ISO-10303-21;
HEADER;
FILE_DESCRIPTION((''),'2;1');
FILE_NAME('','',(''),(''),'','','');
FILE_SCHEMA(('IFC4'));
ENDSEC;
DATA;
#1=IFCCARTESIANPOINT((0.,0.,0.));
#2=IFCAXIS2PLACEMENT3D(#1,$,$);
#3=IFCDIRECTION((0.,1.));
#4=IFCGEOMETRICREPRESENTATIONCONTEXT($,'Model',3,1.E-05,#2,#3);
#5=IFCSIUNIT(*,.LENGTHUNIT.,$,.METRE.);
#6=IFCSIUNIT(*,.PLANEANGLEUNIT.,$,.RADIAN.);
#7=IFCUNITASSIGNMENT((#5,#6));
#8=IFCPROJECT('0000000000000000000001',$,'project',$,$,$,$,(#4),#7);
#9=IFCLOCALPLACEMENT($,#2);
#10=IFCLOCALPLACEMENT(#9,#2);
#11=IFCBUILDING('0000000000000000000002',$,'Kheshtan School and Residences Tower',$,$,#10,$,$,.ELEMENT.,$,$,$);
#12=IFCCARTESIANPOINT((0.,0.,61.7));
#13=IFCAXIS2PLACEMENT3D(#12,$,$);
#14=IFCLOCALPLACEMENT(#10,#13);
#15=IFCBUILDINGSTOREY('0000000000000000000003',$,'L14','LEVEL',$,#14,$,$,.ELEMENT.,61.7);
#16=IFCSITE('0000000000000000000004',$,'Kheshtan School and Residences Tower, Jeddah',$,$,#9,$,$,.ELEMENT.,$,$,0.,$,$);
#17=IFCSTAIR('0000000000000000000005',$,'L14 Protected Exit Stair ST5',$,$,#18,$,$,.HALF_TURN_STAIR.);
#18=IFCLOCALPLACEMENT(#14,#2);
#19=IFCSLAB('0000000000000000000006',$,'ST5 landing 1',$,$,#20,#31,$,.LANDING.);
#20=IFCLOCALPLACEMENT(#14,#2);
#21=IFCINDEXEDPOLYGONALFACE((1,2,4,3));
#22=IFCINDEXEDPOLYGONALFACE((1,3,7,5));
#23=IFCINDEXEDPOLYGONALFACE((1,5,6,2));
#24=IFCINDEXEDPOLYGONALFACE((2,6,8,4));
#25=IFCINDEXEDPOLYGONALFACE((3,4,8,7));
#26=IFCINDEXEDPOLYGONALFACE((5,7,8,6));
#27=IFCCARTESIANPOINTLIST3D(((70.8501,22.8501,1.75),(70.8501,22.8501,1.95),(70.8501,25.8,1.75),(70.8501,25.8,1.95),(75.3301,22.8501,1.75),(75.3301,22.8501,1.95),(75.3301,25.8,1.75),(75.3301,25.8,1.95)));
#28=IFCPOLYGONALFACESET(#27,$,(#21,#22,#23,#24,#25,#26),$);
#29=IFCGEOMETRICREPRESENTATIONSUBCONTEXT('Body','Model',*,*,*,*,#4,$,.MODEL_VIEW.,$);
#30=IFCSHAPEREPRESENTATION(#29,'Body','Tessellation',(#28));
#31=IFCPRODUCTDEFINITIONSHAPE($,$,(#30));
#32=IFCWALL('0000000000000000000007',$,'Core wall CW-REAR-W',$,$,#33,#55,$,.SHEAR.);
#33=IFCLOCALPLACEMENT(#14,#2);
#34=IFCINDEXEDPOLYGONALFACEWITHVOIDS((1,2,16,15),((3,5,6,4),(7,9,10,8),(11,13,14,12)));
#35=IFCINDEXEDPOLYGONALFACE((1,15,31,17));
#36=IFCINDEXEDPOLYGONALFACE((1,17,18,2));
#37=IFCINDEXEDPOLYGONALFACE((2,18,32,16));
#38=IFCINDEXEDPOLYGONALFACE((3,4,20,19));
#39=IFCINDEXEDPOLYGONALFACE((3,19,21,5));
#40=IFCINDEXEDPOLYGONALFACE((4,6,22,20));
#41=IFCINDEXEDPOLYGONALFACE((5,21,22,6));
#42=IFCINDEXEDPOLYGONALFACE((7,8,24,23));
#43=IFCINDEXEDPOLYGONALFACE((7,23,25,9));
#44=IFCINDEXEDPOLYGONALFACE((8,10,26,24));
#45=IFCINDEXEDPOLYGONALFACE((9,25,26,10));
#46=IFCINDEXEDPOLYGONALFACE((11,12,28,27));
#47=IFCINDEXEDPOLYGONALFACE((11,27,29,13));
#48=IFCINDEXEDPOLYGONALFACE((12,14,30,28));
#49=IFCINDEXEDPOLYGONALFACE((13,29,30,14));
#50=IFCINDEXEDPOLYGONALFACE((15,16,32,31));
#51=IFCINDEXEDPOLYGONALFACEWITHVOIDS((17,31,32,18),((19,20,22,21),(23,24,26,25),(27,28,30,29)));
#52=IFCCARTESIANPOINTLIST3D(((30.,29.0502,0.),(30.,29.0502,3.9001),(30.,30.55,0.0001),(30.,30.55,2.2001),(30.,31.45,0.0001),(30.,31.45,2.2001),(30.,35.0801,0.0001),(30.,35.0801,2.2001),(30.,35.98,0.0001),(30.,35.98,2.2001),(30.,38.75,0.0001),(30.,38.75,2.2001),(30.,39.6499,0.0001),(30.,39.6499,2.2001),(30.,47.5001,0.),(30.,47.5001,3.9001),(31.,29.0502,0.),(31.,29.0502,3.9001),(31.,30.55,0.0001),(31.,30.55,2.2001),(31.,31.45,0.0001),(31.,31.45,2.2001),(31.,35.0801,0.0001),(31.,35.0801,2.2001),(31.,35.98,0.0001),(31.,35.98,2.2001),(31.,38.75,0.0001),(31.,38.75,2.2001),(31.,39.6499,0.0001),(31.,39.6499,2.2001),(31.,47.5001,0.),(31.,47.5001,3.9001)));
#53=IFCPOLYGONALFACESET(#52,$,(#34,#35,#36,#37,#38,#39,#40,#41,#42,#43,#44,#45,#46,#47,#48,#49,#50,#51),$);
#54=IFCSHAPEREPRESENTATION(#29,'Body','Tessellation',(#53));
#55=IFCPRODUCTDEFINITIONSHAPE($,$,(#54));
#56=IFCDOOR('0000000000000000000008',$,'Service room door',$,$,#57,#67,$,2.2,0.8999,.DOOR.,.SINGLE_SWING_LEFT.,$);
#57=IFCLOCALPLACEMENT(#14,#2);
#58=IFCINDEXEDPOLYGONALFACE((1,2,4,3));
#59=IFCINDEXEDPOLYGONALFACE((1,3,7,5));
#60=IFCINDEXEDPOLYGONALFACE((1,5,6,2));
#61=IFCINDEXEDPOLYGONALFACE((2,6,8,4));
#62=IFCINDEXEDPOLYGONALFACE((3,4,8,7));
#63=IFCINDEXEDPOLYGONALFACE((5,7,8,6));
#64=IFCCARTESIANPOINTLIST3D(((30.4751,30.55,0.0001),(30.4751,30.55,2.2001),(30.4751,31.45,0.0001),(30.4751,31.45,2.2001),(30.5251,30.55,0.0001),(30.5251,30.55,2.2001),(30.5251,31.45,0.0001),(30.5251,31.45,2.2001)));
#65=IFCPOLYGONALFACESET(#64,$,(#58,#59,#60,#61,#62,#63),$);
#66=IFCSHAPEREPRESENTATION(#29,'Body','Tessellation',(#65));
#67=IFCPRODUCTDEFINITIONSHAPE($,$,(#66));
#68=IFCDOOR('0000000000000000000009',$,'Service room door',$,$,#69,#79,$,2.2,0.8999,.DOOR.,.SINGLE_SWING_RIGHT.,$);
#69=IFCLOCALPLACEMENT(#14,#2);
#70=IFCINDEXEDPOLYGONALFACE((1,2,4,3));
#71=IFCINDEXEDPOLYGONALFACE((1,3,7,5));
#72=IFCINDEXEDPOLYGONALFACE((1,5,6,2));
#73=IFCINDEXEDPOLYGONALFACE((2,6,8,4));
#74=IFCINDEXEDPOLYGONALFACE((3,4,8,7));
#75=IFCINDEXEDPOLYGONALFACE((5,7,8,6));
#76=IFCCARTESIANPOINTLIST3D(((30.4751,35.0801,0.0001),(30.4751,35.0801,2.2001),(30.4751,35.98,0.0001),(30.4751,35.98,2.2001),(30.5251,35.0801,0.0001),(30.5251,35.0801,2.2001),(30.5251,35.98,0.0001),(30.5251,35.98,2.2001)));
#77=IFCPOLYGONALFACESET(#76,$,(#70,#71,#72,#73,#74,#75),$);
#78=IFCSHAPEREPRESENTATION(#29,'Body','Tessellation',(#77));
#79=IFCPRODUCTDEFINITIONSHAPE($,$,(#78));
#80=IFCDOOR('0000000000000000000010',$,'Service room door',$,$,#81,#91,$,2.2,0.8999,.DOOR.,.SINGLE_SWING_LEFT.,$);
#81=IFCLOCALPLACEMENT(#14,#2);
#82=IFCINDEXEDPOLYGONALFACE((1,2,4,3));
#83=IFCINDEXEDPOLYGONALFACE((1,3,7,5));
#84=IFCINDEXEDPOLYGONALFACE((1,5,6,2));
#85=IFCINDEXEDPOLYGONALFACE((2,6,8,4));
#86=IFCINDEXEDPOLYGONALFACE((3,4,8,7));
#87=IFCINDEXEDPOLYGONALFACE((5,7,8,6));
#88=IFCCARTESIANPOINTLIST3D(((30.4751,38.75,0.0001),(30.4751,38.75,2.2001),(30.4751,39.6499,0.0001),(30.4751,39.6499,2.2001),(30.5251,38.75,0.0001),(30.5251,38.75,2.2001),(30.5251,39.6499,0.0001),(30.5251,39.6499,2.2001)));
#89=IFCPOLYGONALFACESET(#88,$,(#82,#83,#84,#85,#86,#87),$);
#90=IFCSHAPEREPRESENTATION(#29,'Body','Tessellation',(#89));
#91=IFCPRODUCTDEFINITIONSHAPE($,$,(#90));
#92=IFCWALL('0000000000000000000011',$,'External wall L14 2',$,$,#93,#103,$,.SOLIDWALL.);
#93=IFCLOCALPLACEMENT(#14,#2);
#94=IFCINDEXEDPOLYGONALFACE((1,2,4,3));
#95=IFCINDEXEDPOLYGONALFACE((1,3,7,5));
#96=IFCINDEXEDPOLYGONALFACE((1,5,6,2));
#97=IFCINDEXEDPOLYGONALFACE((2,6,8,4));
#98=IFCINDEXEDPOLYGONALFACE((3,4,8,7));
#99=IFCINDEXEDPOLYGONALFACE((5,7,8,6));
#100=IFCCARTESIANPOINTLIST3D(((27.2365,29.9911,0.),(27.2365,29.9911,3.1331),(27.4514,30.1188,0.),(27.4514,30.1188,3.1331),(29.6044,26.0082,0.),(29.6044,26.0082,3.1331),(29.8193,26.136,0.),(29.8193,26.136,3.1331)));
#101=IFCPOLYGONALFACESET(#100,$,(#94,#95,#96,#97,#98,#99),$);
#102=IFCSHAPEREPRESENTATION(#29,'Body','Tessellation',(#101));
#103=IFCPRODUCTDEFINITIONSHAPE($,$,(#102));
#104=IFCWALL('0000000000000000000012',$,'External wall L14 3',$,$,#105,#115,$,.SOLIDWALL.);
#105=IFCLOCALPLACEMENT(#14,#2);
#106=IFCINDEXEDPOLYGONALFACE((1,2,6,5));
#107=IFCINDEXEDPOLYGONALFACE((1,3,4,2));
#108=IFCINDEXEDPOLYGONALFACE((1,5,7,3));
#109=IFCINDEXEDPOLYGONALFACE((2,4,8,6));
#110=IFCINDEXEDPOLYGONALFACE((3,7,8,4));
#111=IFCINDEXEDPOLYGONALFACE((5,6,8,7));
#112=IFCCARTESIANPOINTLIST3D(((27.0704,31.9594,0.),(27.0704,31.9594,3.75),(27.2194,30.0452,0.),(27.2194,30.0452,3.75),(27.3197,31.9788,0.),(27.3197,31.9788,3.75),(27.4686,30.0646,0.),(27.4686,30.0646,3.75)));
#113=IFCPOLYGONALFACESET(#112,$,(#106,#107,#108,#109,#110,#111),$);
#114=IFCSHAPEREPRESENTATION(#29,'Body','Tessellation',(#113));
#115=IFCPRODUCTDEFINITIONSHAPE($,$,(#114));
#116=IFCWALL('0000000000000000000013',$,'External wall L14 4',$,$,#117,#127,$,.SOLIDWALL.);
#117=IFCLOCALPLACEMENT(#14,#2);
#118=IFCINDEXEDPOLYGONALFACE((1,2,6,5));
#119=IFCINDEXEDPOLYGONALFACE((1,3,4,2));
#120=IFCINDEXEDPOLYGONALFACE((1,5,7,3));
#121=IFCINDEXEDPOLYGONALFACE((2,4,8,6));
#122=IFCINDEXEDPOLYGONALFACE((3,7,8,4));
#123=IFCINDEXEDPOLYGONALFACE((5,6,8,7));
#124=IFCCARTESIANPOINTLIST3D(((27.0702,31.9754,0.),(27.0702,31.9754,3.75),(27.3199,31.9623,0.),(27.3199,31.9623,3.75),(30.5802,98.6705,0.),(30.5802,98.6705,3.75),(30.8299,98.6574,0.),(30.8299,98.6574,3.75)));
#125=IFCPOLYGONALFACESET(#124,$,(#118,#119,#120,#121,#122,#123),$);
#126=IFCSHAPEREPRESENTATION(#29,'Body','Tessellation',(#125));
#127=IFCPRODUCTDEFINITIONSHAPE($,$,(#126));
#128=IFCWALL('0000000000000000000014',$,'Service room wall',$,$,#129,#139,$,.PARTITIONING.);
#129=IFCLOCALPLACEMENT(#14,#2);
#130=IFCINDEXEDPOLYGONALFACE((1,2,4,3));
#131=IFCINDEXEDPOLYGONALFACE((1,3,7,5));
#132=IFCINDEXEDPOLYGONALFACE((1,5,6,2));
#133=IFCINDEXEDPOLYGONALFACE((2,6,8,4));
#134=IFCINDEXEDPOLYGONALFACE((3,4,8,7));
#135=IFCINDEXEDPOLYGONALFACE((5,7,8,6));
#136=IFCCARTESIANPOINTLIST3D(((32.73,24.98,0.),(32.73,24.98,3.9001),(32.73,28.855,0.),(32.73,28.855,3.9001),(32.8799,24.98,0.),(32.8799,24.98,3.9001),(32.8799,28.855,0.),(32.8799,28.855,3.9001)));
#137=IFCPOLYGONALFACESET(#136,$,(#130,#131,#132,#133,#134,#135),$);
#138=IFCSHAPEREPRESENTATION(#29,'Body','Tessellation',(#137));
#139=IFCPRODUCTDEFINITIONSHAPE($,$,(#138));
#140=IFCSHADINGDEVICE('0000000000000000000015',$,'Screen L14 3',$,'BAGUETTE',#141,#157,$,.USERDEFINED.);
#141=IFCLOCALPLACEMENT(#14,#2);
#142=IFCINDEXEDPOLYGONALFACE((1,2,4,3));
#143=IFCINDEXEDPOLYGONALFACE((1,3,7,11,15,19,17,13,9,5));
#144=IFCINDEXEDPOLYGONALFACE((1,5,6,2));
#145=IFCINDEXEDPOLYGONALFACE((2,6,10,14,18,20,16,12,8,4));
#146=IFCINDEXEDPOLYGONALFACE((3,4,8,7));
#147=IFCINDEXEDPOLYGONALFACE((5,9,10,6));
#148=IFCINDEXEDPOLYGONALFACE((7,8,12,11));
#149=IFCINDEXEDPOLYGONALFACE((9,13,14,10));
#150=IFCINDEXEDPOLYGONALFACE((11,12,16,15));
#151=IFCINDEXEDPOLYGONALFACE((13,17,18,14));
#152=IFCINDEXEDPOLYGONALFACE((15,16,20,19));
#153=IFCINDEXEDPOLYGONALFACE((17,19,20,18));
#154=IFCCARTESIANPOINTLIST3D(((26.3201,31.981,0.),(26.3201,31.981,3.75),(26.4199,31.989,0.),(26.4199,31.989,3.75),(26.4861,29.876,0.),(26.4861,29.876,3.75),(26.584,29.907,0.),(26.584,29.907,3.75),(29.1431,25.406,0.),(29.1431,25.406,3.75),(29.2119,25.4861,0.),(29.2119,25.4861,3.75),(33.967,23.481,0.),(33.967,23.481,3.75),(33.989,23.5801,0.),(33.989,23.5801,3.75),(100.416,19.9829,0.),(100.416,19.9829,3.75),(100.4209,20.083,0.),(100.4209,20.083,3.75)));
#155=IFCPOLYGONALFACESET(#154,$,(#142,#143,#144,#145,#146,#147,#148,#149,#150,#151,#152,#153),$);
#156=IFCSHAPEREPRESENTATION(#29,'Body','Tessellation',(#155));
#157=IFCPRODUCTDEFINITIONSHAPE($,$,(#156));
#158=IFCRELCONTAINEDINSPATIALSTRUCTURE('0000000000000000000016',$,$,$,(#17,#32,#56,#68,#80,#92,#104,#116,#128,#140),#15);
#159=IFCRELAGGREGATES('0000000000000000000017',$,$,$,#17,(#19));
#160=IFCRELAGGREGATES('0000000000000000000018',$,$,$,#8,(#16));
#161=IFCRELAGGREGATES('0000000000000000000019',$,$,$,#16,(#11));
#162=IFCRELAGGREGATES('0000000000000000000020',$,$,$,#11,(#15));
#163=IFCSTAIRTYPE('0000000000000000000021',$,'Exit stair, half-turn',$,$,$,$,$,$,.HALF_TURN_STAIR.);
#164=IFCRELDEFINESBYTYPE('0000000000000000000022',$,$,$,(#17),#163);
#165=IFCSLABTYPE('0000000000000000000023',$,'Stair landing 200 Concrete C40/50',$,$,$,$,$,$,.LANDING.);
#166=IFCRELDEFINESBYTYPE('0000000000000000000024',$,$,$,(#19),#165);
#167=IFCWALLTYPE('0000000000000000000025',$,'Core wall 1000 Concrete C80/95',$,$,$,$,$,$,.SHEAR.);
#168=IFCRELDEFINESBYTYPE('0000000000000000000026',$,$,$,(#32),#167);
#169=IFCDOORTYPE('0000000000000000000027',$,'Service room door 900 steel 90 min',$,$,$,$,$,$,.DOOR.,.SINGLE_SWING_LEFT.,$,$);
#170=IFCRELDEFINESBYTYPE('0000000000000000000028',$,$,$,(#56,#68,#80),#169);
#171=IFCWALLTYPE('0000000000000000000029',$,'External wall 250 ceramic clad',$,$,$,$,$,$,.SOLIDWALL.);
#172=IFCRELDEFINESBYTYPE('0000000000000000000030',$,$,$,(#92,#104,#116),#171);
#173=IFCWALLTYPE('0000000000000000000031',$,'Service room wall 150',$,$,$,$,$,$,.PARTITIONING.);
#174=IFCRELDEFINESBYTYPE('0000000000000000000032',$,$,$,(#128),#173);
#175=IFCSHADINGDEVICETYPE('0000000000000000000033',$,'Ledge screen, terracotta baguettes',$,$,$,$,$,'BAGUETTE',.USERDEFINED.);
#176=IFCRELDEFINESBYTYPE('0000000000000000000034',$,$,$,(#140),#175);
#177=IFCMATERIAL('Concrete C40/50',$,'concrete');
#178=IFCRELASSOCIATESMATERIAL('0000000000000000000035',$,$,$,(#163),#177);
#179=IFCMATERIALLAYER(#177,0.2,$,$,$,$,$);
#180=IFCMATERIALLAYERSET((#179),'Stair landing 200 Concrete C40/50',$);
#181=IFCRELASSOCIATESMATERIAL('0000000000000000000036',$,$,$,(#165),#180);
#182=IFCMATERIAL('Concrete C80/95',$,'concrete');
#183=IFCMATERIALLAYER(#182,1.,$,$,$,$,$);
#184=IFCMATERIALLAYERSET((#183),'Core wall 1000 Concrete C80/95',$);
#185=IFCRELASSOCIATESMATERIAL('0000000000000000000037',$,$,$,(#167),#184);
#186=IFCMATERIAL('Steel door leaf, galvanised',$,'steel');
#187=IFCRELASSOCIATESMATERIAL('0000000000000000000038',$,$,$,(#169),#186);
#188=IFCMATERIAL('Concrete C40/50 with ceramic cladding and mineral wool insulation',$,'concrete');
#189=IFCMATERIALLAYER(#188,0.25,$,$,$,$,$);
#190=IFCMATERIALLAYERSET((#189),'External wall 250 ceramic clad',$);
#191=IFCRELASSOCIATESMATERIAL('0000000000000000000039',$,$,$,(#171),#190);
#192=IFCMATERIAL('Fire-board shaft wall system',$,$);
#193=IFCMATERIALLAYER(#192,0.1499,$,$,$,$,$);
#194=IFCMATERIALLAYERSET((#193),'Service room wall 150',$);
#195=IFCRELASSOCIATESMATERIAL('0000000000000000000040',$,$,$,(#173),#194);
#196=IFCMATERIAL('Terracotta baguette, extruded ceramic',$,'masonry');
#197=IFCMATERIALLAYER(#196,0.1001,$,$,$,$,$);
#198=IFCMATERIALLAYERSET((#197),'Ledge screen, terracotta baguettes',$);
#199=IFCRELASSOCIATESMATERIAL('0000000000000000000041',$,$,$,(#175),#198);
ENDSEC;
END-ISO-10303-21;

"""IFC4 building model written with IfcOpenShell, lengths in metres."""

from ifc_helpers import new_model, si_unit, direction, frame, frame_2d, origin, place, context, subcontext, project, spatial, polyline, rectangle, outline, extrude, source, transform, mapped, material, layer, layer_set, type_object, element, fill, aggregate, save


model = new_model("IFC4")

# Units and contexts
model_context = context("Model", 3, precision=1e-05, world=origin(), true_north=direction((0.0, 1.0)))
body_context = subcontext(model_context, "Body", "Model", "MODEL_VIEW")
ifc_project = project(units=[si_unit("LENGTHUNIT", "METRE"), si_unit("PLANEANGLEUNIT", "RADIAN")], contexts=[model_context])

# Site, building, storey
site_placement = place(None, origin())
site = spatial("IfcSite", under=ifc_project, at=site_placement, Name="Kheshtan School and Residences Tower, Jeddah", CompositionType="ELEMENT", RefElevation=0.0)
building_placement = place(site_placement, origin())
building = spatial("IfcBuilding", under=site, at=building_placement, Name="Kheshtan School and Residences Tower", CompositionType="ELEMENT")
storey_placement = place(building_placement, frame((0.0, 0.0, 61.7)))
storey = spatial("IfcBuildingStorey", under=building, at=storey_placement, Name="L14", Description="LEVEL", CompositionType="ELEMENT", Elevation=61.7)

# Shared definitions
ifc_material_1 = material(Name="Concrete C40/50", Category="concrete")

# Stair, slab
stair_type = type_object("IfcStairType", Name="Exit stair, half-turn", PredefinedType="HALF_TURN_STAIR", material=ifc_material_1)
ifc_layer_1 = layer(ifc_material_1, 0.2)
ifc_layer_set_1 = layer_set([ifc_layer_1], Name="Stair landing 200 Concrete C40/50")
slab_type_1 = type_object("IfcSlabType", Name="Stair landing 200 Concrete C40/50", PredefinedType="LANDING", material=ifc_layer_set_1)
stair_1_placement = place(storey_placement, origin())
stair_1 = element("IfcStair", 1, at=stair_1_placement, inside=storey, type_object=stair_type, Name="L14 Protected Exit Stair ST5", PredefinedType="HALF_TURN_STAIR")
slab_1_placement = place(storey_placement, frame((0.0, 0.0, 1.75)))
slab_1 = element("IfcSlab", 2, at=slab_1_placement, type_object=slab_type_1, Name="ST5 landing 1", PredefinedType="LANDING", context=body_context, shape_type="SweptSolid", body=[
    extrude(outline(polyline([(75.3301, 25.8), (70.8501, 25.8), (70.8501, 22.8501), (75.3301, 22.8501), (75.3301, 25.8)])), origin(), (0.0, 0.0, 1.0), 0.2),
])
aggregate(stair_1, [slab_1])

# Wall, openings, doors
ifc_material_2 = material(Name="Concrete C80/95", Category="concrete")
ifc_layer_2 = layer(ifc_material_2, 1.0)
ifc_layer_set_2 = layer_set([ifc_layer_2], Name="Core wall 1000 Concrete C80/95")
wall_type_1 = type_object("IfcWallType", Name="Core wall 1000 Concrete C80/95", PredefinedType="SHEAR", material=ifc_layer_set_2)
wall_1_placement = place(storey_placement, frame((30.5, 29.05, 0.0), z_axis=(0.0, 0.0, 1.0), x_axis=(0.0, 1.0, 0.0)))
wall_1 = element("IfcWall", 3, at=wall_1_placement, inside=storey, type_object=wall_type_1, Name="Core wall CW-REAR-W", PredefinedType="SHEAR", context=body_context, shape_type="SweptSolid", body=[
    extrude(rectangle(XDim=18.45, YDim=1.0, at=frame_2d((9.2251, 0.0))), origin(), (0.0, 0.0, 1.0), 3.9001),
])
opening_1_placement = place(wall_1_placement, frame((1.5, 0.0, 0.0)))
opening_1 = element("IfcOpeningElement", 4, at=opening_1_placement, cuts=wall_1, PredefinedType="OPENING", context=body_context, shape_type="SweptSolid", body=[
    extrude(rectangle(XDim=0.8999, YDim=2.2, at=frame_2d((0.45, 1.1001))), frame((0.0, 0.51, 0.0), z_axis=(0.0, -1.0, 0.0), x_axis=(1.0, 0.0, 0.0)), (0.0, 0.0, 1.0), 1.02),
])
opening_2_placement = place(wall_1_placement, frame((6.03, 0.0, 0.0)))
opening_2 = element("IfcOpeningElement", 5, at=opening_2_placement, cuts=wall_1, PredefinedType="OPENING", context=body_context, shape_type="SweptSolid", body=[
    extrude(rectangle(XDim=0.8999, YDim=2.2, at=frame_2d((0.45, 1.1001))), frame((0.0, 0.51, 0.0), z_axis=(0.0, -1.0, 0.0), x_axis=(1.0, 0.0, 0.0)), (0.0, 0.0, 1.0), 1.02),
])
opening_3_placement = place(wall_1_placement, frame((9.7, 0.0, 0.0)))
opening_3 = element("IfcOpeningElement", 6, at=opening_3_placement, cuts=wall_1, PredefinedType="OPENING", context=body_context, shape_type="SweptSolid", body=[
    extrude(rectangle(XDim=0.8999, YDim=2.2, at=frame_2d((0.45, 1.1001))), frame((0.0, 0.51, 0.0), z_axis=(0.0, -1.0, 0.0), x_axis=(1.0, 0.0, 0.0)), (0.0, 0.0, 1.0), 1.02),
])
ifc_material_3 = material(Name="Steel door leaf, galvanised", Category="steel")
door_type = type_object("IfcDoorType", Name="Service room door 900 steel 90 min", OperationType="SINGLE_SWING_LEFT", PredefinedType="DOOR", material=ifc_material_3)
shared_shape = source(origin(), body_context, "Body", "SweptSolid", [
    extrude(rectangle(XDim=0.8999, YDim=2.2, at=frame_2d((0.45, 1.1001))), frame((0.0, 0.0249, 0.0), z_axis=(0.0, -1.0, 0.0), x_axis=(1.0, 0.0, 0.0)), (0.0, 0.0, 1.0), 0.05),
])
door_1_placement = place(opening_1_placement, origin())
door_1 = element("IfcDoor", 7, at=door_1_placement, inside=storey, type_object=door_type, Name="Service room door", OperationType="SINGLE_SWING_LEFT", OverallHeight=2.2, OverallWidth=0.8999, PredefinedType="DOOR", context=body_context, shape_type="MappedRepresentation", body=[
    mapped(shared_shape, transform((0.0, 0.0, 0.0), x_axis=(1.0, 0.0, 0.0), y_axis=(0.0, 1.0, 0.0), z_axis=(0.0, 0.0, 1.0), scale=1.0)),
])
fill(opening_1, door_1)
door_2_placement = place(opening_2_placement, origin())
door_2 = element("IfcDoor", 8, at=door_2_placement, inside=storey, type_object=door_type, Name="Service room door", OperationType="SINGLE_SWING_RIGHT", OverallHeight=2.2, OverallWidth=0.8999, PredefinedType="DOOR", context=body_context, shape_type="MappedRepresentation", body=[
    mapped(shared_shape, transform((0.0, 0.0, 0.0), x_axis=(1.0, 0.0, 0.0), y_axis=(0.0, 1.0, 0.0), z_axis=(0.0, 0.0, 1.0), scale=1.0)),
])
fill(opening_2, door_2)
door_3_placement = place(opening_3_placement, origin())
door_3 = element("IfcDoor", 9, at=door_3_placement, inside=storey, type_object=door_type, Name="Service room door", OperationType="SINGLE_SWING_LEFT", OverallHeight=2.2, OverallWidth=0.8999, PredefinedType="DOOR", context=body_context, shape_type="MappedRepresentation", body=[
    mapped(shared_shape, transform((0.0, 0.0, 0.0), x_axis=(1.0, 0.0, 0.0), y_axis=(0.0, 1.0, 0.0), z_axis=(0.0, 0.0, 1.0), scale=1.0)),
])
fill(opening_3, door_3)

# Walls
ifc_material_4 = material(Name="Concrete C40/50 with ceramic cladding and mineral wool insulation", Category="concrete")
ifc_layer_3 = layer(ifc_material_4, 0.25)
ifc_layer_set_3 = layer_set([ifc_layer_3], Name="External wall 250 ceramic clad")
wall_type_2 = type_object("IfcWallType", Name="External wall 250 ceramic clad", PredefinedType="SOLIDWALL", material=ifc_layer_set_3)
wall_2_placement = place(storey_placement, frame((29.7119, 26.072, 0.0), z_axis=(0.0, 0.0, 1.0), x_axis=(-0.511028, 0.859564, 0.0)))
element("IfcWall", 10, at=wall_2_placement, inside=storey, type_object=wall_type_2, Name="External wall L14 2", PredefinedType="SOLIDWALL", context=body_context, shape_type="SweptSolid", body=[
    extrude(rectangle(XDim=4.6335, YDim=0.25, at=frame_2d((2.3169, 0.0))), origin(), (0.0, 0.0, 1.0), 3.1331),
])
wall_3_placement = place(storey_placement, frame((27.344, 30.0549, 0.0), z_axis=(0.0, 0.0, 1.0), x_axis=(-0.077572, 0.996987, 0.0)))
element("IfcWall", 11, at=wall_3_placement, inside=storey, type_object=wall_type_2, Name="External wall L14 3", PredefinedType="SOLIDWALL", context=body_context, shape_type="SweptSolid", body=[
    extrude(rectangle(XDim=1.9199, YDim=0.25, at=frame_2d((0.96, 0.0))), origin(), (0.0, 0.0, 1.0), 3.75),
])
wall_4_placement = place(storey_placement, frame((27.1951, 31.969, 0.0), z_axis=(0.0, 0.0, 1.0), x_axis=(0.052555, 0.998618, 0.0)))
element("IfcWall", 12, at=wall_4_placement, inside=storey, type_object=wall_type_2, Name="External wall L14 4", PredefinedType="SOLIDWALL", context=body_context, shape_type="SweptSolid", body=[
    extrude(rectangle(XDim=66.7874, YDim=0.25, at=frame_2d((33.3936, 0.0))), origin(), (0.0, 0.0, 1.0), 3.75),
])
ifc_material_5 = material(Name="Fire-board shaft wall system")
ifc_layer_4 = layer(ifc_material_5, 0.1499)
ifc_layer_set_4 = layer_set([ifc_layer_4], Name="Service room wall 150")
wall_type_3 = type_object("IfcWallType", Name="Service room wall 150", PredefinedType="PARTITIONING", material=ifc_layer_set_4)
wall_5_placement = place(storey_placement, frame((32.8049, 24.98, 0.0), z_axis=(0.0, 0.0, 1.0), x_axis=(0.0, 1.0, 0.0)))
element("IfcWall", 13, at=wall_5_placement, inside=storey, type_object=wall_type_3, Name="Service room wall", PredefinedType="PARTITIONING", context=body_context, shape_type="SweptSolid", body=[
    extrude(rectangle(XDim=3.875, YDim=0.1499, at=frame_2d((1.9375, 0.0))), origin(), (0.0, 0.0, 1.0), 3.9001),
])

# Shading device
ifc_material_6 = material(Name="Terracotta baguette, extruded ceramic", Category="masonry")
ifc_layer_5 = layer(ifc_material_6, 0.1001)
ifc_layer_set_5 = layer_set([ifc_layer_5], Name="Ledge screen, terracotta baguettes")
shading_device_type_1 = type_object("IfcShadingDeviceType", Name="Ledge screen, terracotta baguettes", ElementType="BAGUETTE", PredefinedType="USERDEFINED", material=ifc_layer_set_5)
shading_device_1_placement = place(storey_placement, origin())
element("IfcShadingDevice", 14, at=shading_device_1_placement, inside=storey, type_object=shading_device_type_1, Name="Screen L14 3", ObjectType="BAGUETTE", PredefinedType="USERDEFINED", context=body_context, shape_type="SweptSolid", body=[
    extrude(outline(polyline([(100.4209, 20.083), (33.989, 23.5801), (29.2119, 25.4861), (26.584, 29.907), (26.4199, 31.989), (26.3201, 31.981), (26.4861, 29.876), (29.1431, 25.406), (33.967, 23.481), (100.416, 19.9829), (100.4209, 20.083)])), origin(), (0.0, 0.0, 1.0), 3.75),
])

save(model, "model.ifc")
